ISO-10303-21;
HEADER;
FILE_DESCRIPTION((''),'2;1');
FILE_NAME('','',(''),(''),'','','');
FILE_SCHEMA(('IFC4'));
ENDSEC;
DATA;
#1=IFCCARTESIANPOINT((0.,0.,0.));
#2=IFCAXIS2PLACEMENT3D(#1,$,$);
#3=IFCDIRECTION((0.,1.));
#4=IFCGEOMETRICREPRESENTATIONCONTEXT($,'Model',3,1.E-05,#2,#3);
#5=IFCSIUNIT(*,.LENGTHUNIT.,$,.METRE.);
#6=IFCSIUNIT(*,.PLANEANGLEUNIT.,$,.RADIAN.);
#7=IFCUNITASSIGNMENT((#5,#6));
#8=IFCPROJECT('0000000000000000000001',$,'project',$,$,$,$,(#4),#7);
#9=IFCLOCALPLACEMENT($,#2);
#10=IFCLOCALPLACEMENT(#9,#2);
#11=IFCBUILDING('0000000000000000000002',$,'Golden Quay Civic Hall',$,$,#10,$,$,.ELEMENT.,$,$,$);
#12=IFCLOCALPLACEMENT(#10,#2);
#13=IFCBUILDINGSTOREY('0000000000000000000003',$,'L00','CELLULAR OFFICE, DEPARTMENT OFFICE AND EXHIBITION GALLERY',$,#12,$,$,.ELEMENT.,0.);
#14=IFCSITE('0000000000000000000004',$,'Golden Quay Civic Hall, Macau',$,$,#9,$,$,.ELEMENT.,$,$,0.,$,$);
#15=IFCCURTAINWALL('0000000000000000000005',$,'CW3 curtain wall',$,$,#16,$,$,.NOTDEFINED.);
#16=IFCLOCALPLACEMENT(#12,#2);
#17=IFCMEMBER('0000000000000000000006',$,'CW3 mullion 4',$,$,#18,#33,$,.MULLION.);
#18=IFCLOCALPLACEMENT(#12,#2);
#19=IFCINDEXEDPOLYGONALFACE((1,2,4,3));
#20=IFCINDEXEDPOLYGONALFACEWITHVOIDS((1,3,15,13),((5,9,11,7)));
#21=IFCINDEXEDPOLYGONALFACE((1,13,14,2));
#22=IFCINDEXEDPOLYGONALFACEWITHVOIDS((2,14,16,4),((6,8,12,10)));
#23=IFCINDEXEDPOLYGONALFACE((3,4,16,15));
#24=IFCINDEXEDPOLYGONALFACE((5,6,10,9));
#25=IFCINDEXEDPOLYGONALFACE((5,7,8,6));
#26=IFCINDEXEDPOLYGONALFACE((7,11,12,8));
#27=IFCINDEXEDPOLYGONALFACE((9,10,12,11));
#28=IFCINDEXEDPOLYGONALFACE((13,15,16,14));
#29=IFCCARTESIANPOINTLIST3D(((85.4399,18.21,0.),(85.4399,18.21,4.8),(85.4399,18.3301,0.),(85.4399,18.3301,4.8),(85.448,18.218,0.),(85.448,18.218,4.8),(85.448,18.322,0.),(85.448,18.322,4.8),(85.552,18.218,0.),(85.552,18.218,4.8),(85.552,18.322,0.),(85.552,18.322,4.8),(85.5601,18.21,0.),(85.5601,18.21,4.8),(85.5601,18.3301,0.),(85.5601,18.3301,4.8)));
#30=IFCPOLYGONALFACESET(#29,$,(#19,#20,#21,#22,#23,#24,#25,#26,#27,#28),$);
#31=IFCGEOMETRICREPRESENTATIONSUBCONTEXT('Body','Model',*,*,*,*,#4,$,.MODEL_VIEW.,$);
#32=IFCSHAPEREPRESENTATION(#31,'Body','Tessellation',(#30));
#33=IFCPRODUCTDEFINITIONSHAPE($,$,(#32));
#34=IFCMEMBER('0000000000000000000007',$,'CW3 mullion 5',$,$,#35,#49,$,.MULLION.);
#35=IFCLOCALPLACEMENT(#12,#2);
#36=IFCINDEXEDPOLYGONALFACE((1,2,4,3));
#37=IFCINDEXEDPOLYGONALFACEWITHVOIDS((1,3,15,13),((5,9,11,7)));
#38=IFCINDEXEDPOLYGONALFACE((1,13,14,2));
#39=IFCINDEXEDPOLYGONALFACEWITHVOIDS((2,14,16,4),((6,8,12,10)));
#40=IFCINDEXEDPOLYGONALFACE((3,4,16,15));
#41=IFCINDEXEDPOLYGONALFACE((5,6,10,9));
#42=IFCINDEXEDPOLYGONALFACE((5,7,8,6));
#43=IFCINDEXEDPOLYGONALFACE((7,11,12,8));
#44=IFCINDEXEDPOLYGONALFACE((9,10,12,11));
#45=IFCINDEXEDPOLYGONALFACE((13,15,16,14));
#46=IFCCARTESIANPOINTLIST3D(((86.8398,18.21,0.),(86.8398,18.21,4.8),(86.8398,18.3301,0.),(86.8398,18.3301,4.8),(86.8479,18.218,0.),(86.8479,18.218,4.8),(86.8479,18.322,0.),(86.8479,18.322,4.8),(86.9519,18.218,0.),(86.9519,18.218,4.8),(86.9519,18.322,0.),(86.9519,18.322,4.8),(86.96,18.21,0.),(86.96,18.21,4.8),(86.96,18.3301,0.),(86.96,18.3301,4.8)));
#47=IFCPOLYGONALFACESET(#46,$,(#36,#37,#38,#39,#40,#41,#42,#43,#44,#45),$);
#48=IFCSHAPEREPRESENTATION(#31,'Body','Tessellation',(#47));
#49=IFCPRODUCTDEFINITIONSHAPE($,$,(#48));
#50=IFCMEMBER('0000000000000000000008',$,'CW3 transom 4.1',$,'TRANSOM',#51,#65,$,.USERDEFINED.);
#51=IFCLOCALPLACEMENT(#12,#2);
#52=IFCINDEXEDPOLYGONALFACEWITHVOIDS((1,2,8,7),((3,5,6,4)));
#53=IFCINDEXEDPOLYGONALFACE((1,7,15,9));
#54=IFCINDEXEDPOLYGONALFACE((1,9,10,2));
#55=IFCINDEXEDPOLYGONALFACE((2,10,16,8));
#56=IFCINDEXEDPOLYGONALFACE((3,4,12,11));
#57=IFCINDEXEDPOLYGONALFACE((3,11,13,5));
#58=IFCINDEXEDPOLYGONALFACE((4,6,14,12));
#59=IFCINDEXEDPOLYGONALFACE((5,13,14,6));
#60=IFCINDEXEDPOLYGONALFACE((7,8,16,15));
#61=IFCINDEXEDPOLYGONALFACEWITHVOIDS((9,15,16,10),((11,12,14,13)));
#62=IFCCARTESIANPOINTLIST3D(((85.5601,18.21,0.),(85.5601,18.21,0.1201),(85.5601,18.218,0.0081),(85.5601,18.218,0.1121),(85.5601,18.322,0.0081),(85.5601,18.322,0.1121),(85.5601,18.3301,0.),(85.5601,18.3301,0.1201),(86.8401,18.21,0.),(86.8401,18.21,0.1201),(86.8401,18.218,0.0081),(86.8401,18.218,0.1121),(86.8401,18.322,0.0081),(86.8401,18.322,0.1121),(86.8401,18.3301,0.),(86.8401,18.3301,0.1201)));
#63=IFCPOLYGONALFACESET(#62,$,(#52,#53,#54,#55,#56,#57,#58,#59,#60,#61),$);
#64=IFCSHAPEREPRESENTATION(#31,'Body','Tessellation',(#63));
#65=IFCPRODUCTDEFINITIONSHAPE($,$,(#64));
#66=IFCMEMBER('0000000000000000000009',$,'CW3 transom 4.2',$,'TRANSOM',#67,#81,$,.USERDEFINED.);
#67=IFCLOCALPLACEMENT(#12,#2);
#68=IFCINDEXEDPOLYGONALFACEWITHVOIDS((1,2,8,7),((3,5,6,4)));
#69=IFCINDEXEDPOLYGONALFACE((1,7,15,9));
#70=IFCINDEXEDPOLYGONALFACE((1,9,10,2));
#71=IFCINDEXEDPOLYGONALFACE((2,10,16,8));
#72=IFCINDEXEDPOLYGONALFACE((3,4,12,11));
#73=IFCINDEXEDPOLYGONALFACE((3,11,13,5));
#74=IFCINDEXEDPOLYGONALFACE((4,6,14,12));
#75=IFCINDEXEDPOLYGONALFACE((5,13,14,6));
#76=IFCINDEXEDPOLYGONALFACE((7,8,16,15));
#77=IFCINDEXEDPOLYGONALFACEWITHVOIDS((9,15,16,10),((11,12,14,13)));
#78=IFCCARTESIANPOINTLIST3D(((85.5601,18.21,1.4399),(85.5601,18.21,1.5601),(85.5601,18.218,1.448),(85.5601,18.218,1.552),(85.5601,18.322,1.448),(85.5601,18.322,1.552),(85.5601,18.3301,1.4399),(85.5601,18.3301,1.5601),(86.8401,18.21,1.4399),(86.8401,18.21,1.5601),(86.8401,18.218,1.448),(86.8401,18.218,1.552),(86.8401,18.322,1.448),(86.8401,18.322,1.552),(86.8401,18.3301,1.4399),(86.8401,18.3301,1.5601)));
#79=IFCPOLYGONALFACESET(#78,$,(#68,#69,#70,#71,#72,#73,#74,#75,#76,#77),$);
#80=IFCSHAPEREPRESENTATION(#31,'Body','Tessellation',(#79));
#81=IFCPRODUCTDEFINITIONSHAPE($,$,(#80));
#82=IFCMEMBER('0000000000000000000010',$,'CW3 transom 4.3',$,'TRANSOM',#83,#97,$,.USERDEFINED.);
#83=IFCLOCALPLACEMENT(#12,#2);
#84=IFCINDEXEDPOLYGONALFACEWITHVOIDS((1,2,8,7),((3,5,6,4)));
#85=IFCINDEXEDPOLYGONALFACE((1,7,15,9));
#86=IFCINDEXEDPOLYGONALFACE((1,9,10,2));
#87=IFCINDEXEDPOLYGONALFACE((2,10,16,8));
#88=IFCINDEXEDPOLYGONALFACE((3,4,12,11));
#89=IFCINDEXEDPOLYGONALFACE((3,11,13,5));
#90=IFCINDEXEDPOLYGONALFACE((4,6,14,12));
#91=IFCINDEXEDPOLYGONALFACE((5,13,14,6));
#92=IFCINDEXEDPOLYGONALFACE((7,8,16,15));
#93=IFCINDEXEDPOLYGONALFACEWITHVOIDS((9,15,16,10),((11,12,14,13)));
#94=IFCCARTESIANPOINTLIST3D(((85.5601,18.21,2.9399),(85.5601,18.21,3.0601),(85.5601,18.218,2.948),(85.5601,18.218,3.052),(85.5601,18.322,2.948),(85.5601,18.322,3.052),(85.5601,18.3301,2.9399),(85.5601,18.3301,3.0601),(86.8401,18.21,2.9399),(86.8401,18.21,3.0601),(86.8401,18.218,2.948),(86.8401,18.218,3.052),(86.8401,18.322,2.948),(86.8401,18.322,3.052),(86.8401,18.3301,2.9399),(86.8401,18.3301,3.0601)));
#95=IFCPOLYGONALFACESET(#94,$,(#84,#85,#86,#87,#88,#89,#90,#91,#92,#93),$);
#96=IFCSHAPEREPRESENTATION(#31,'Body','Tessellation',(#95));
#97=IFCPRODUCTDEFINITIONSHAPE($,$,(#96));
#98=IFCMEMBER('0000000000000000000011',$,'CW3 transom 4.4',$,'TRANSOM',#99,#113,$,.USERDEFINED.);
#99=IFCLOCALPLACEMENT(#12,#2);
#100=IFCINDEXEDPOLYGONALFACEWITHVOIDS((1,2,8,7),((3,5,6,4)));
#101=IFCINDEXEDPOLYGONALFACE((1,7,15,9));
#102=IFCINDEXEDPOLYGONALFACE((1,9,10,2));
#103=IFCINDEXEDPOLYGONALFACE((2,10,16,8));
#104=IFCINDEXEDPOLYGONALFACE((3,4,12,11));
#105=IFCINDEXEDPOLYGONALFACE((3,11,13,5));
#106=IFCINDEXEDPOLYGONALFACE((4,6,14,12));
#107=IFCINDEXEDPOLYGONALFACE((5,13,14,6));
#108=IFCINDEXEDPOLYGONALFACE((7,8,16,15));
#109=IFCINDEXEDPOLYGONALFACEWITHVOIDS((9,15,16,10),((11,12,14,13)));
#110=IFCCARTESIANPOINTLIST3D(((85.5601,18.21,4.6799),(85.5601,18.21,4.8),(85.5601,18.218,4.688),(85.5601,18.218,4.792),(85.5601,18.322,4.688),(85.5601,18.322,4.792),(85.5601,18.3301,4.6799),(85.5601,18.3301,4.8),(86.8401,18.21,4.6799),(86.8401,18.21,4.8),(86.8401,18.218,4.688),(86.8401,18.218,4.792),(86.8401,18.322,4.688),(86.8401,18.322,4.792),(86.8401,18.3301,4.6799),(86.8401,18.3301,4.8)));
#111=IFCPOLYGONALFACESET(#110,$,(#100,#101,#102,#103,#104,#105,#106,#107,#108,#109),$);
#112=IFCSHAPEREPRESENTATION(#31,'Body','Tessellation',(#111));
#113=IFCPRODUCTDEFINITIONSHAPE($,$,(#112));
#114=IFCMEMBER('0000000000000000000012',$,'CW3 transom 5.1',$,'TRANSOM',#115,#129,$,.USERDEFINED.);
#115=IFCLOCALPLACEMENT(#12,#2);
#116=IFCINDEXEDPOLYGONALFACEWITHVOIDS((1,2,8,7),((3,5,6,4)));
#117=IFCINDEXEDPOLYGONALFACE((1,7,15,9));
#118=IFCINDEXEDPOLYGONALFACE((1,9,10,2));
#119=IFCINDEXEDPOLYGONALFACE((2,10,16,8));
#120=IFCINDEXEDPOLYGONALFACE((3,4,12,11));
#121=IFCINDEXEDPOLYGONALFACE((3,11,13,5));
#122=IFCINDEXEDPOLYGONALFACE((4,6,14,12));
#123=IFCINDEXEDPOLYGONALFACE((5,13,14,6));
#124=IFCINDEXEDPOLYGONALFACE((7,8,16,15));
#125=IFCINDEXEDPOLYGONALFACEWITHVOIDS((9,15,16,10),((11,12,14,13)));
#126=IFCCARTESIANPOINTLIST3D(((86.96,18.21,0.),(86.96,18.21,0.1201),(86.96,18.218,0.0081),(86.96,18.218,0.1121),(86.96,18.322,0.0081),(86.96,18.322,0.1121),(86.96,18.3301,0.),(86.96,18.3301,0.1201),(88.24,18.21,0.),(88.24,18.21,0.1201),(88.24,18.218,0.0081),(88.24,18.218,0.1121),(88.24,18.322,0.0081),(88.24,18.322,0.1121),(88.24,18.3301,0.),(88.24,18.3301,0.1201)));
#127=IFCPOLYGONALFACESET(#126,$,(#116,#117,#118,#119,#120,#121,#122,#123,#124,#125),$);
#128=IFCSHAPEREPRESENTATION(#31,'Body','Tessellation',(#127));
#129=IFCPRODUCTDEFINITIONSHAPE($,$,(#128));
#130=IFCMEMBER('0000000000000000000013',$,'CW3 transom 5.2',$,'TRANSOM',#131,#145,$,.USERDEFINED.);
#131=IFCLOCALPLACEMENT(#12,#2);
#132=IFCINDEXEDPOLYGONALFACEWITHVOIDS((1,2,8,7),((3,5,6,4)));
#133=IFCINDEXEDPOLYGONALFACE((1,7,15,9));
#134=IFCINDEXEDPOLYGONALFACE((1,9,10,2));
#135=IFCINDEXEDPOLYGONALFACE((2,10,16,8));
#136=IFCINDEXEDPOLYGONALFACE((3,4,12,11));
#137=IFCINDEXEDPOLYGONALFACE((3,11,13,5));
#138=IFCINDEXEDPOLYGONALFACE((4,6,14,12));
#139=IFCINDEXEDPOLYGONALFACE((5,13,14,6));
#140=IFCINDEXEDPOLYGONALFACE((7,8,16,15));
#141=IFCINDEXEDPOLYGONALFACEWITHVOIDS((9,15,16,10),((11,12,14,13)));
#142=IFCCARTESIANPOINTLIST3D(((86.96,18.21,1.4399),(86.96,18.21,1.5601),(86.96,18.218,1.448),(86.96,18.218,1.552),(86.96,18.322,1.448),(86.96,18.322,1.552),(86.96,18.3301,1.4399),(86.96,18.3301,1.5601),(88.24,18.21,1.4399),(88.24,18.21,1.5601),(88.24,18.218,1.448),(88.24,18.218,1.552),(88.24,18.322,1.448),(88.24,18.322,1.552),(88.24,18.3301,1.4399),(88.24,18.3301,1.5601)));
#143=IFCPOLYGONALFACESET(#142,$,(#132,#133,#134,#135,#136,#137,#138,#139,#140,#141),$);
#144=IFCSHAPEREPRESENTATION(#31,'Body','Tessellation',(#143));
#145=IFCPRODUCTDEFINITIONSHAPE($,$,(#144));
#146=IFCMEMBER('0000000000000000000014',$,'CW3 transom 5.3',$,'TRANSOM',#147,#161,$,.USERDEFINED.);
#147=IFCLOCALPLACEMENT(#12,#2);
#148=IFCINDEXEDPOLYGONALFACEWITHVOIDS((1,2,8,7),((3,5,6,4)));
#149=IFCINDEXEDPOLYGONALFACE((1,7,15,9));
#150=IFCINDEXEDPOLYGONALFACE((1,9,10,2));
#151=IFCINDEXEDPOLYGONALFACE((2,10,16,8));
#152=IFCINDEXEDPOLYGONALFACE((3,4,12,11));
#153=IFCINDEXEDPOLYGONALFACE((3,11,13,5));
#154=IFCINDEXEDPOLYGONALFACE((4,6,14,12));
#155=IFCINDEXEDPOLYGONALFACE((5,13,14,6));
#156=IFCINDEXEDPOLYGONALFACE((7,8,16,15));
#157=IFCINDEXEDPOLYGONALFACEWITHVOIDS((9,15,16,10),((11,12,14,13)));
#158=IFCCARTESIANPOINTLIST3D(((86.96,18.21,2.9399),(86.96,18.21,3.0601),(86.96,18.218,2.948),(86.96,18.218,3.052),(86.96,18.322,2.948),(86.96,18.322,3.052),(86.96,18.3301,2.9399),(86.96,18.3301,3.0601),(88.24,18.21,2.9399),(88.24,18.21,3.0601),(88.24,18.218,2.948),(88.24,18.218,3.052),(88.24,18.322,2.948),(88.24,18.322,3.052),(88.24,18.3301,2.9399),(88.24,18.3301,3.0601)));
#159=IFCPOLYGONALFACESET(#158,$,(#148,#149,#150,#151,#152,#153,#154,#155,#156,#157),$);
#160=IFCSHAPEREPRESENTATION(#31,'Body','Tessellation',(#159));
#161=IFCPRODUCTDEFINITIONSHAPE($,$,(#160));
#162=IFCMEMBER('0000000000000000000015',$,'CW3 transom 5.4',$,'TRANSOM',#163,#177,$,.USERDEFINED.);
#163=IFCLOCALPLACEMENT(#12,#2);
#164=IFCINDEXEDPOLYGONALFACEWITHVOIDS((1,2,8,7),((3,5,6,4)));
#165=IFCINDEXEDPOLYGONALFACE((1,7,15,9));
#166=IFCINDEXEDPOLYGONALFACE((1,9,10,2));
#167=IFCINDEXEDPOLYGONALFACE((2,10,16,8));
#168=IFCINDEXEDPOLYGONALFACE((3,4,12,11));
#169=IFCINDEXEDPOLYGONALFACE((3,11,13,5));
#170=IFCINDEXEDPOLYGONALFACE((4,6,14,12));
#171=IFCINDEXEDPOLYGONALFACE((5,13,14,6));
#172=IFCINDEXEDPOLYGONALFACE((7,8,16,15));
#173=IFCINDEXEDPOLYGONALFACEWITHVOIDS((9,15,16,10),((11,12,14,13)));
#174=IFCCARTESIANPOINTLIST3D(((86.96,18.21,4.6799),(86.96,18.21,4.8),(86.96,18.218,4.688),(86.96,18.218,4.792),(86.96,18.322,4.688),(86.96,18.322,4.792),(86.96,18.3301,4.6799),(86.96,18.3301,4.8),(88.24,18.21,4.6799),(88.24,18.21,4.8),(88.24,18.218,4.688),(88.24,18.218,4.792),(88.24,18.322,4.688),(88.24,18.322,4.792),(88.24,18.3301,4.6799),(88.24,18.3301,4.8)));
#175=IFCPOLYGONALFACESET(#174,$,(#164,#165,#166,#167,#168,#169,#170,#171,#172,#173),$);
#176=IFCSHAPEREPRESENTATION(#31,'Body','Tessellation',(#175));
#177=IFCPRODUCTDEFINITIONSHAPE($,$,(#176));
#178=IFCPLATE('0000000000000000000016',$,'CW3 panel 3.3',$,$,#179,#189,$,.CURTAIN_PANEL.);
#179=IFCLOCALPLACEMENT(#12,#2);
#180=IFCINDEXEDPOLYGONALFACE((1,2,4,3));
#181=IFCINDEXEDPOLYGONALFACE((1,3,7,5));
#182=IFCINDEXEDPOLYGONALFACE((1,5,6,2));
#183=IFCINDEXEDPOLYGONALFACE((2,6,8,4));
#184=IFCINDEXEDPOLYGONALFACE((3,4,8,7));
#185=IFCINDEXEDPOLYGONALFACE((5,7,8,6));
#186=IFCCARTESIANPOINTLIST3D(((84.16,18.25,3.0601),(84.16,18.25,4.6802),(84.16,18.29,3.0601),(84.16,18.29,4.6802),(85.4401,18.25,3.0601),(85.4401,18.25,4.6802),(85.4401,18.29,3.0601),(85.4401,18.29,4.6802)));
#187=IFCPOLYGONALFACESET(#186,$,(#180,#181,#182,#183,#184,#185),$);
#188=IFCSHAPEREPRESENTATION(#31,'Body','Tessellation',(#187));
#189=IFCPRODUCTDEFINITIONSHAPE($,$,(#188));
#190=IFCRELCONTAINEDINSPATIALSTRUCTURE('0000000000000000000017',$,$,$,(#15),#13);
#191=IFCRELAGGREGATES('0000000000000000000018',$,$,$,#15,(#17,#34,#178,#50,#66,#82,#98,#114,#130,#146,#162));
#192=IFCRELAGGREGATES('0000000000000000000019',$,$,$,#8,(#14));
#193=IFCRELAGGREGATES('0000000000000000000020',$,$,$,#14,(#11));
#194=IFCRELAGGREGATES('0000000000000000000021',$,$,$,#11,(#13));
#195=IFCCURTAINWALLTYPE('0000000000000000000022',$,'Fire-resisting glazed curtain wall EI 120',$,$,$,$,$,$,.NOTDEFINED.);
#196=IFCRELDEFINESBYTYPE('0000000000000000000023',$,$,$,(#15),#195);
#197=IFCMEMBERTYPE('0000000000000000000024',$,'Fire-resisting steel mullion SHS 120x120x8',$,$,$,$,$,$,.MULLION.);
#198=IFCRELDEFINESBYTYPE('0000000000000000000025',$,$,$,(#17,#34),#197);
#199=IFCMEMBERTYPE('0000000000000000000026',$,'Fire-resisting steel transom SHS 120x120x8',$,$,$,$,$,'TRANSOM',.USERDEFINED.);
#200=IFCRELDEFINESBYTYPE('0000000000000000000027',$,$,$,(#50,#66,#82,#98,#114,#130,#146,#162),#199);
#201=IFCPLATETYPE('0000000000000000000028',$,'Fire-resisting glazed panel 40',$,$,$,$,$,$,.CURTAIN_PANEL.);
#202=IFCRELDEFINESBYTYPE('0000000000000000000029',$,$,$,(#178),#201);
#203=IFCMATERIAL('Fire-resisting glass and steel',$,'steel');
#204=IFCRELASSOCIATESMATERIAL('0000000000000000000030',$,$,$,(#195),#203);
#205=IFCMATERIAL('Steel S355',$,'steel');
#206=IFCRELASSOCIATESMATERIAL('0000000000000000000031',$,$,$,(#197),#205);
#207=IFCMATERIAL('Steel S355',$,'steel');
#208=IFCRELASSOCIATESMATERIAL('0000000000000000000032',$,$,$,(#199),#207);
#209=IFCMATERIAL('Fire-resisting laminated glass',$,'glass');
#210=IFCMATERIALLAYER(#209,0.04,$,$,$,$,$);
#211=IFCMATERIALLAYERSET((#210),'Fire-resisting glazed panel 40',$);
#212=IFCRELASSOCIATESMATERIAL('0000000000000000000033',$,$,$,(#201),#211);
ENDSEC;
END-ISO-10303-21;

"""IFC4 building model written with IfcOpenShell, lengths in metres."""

from ifc_helpers import new_model, si_unit, direction, frame, origin, origin_2d, place, context, subcontext, project, spatial, rectangle, hollow_rectangle, extrude, material, layer, layer_set, material_profile, profile_set, type_object, element, aggregate, save


model = new_model("IFC4")

# Units and contexts
model_context = context("Model", 3, precision=1e-05, world=origin(), true_north=direction((0.0, 1.0)))
body_context = subcontext(model_context, "Body", "Model", "MODEL_VIEW")
ifc_project = project(units=[si_unit("LENGTHUNIT", "METRE"), si_unit("PLANEANGLEUNIT", "RADIAN")], contexts=[model_context])

# Site, building, storey
site_placement = place(None, origin())
site = spatial("IfcSite", under=ifc_project, at=site_placement, Name="Golden Quay Civic Hall, Macau", CompositionType="ELEMENT", RefElevation=0.0)
building_placement = place(site_placement, origin())
building = spatial("IfcBuilding", under=site, at=building_placement, Name="Golden Quay Civic Hall", CompositionType="ELEMENT")
storey_placement = place(building_placement, origin())
storey = spatial("IfcBuildingStorey", under=building, at=storey_placement, Name="L00", Description="CELLULAR OFFICE, DEPARTMENT OFFICE AND EXHIBITION GALLERY", CompositionType="ELEMENT", Elevation=0.0)

# Curtain wall, members, plate
ifc_material_1 = material(Name="Fire-resisting glass and steel", Category="steel")
curtain_wall_type = type_object("IfcCurtainWallType", Name="Fire-resisting glazed curtain wall EI 120", PredefinedType="NOTDEFINED", material=ifc_material_1)
curtain_wall_placement = place(storey_placement, origin())
curtain_wall = element("IfcCurtainWall", 1, at=curtain_wall_placement, inside=storey, type_object=curtain_wall_type, Name="CW3 curtain wall", PredefinedType="NOTDEFINED")
ifc_material_2 = material(Name="Steel S355", Category="steel")
ifc_material_profile_1 = material_profile(ifc_material_2, hollow_rectangle(XDim=0.1201, YDim=0.1201, WallThickness=0.0081, at=origin_2d()), Name="SHS 120x120x8")
ifc_profile_set_1 = profile_set([ifc_material_profile_1], Name="Steel S355")
member_type_1 = type_object("IfcMemberType", Name="Fire-resisting steel mullion SHS 120x120x8", PredefinedType="MULLION", material=ifc_profile_set_1)
member_1_placement = place(storey_placement, frame((85.5, 18.27, 0.0), z_axis=(0.0, 0.0, 1.0), x_axis=(0.0, 1.0, 0.0)))
member_1 = element("IfcMember", 2, at=member_1_placement, type_object=member_type_1, Name="CW3 mullion 4", PredefinedType="MULLION", context=body_context, shape_type="SweptSolid", body=[
    extrude(hollow_rectangle(XDim=0.1201, YDim=0.1201, WallThickness=0.0081, at=origin_2d()), origin(), (0.0, 0.0, 1.0), 4.8),
])
member_2_placement = place(storey_placement, frame((86.8999, 18.27, 0.0), z_axis=(0.0, 0.0, 1.0), x_axis=(0.0, 1.0, 0.0)))
member_2 = element("IfcMember", 3, at=member_2_placement, type_object=member_type_1, Name="CW3 mullion 5", PredefinedType="MULLION", context=body_context, shape_type="SweptSolid", body=[
    extrude(hollow_rectangle(XDim=0.1201, YDim=0.1201, WallThickness=0.0081, at=origin_2d()), origin(), (0.0, 0.0, 1.0), 4.8),
])
ifc_material_3 = material(Name="Steel S355", Category="steel")
ifc_material_profile_2 = material_profile(ifc_material_3, hollow_rectangle(XDim=0.1201, YDim=0.1201, WallThickness=0.0081, at=origin_2d()), Name="SHS 120x120x8")
ifc_profile_set_2 = profile_set([ifc_material_profile_2], Name="Steel S355")
member_type_2 = type_object("IfcMemberType", Name="Fire-resisting steel transom SHS 120x120x8", ElementType="TRANSOM", PredefinedType="USERDEFINED", material=ifc_profile_set_2)
member_3_placement = place(storey_placement, frame((85.5601, 18.27, 0.0601), z_axis=(1.0, 0.0, 0.0), x_axis=(0.0, 1.0, 0.0)))
member_3 = element("IfcMember", 4, at=member_3_placement, type_object=member_type_2, Name="CW3 transom 4.1", ObjectType="TRANSOM", PredefinedType="USERDEFINED", context=body_context, shape_type="SweptSolid", body=[
    extrude(hollow_rectangle(XDim=0.1201, YDim=0.1201, WallThickness=0.0081, at=origin_2d()), origin(), (0.0, 0.0, 1.0), 1.28),
])
member_4_placement = place(storey_placement, frame((85.5601, 18.27, 1.5), z_axis=(1.0, 0.0, 0.0), x_axis=(0.0, 1.0, 0.0)))
member_4 = element("IfcMember", 5, at=member_4_placement, type_object=member_type_2, Name="CW3 transom 4.2", ObjectType="TRANSOM", PredefinedType="USERDEFINED", context=body_context, shape_type="SweptSolid", body=[
    extrude(hollow_rectangle(XDim=0.1201, YDim=0.1201, WallThickness=0.0081, at=origin_2d()), origin(), (0.0, 0.0, 1.0), 1.28),
])
member_5_placement = place(storey_placement, frame((85.5601, 18.27, 3.0), z_axis=(1.0, 0.0, 0.0), x_axis=(0.0, 1.0, 0.0)))
member_5 = element("IfcMember", 6, at=member_5_placement, type_object=member_type_2, Name="CW3 transom 4.3", ObjectType="TRANSOM", PredefinedType="USERDEFINED", context=body_context, shape_type="SweptSolid", body=[
    extrude(hollow_rectangle(XDim=0.1201, YDim=0.1201, WallThickness=0.0081, at=origin_2d()), origin(), (0.0, 0.0, 1.0), 1.28),
])
member_6_placement = place(storey_placement, frame((85.5601, 18.27, 4.74), z_axis=(1.0, 0.0, 0.0), x_axis=(0.0, 1.0, 0.0)))
member_6 = element("IfcMember", 7, at=member_6_placement, type_object=member_type_2, Name="CW3 transom 4.4", ObjectType="TRANSOM", PredefinedType="USERDEFINED", context=body_context, shape_type="SweptSolid", body=[
    extrude(hollow_rectangle(XDim=0.1201, YDim=0.1201, WallThickness=0.0081, at=origin_2d()), origin(), (0.0, 0.0, 1.0), 1.28),
])
member_7_placement = place(storey_placement, frame((86.96, 18.27, 0.0601), z_axis=(1.0, 0.0, 0.0), x_axis=(0.0, 1.0, 0.0)))
member_7 = element("IfcMember", 8, at=member_7_placement, type_object=member_type_2, Name="CW3 transom 5.1", ObjectType="TRANSOM", PredefinedType="USERDEFINED", context=body_context, shape_type="SweptSolid", body=[
    extrude(hollow_rectangle(XDim=0.1201, YDim=0.1201, WallThickness=0.0081, at=origin_2d()), origin(), (0.0, 0.0, 1.0), 1.28),
])
member_8_placement = place(storey_placement, frame((86.96, 18.27, 1.5), z_axis=(1.0, 0.0, 0.0), x_axis=(0.0, 1.0, 0.0)))
member_8 = element("IfcMember", 9, at=member_8_placement, type_object=member_type_2, Name="CW3 transom 5.2", ObjectType="TRANSOM", PredefinedType="USERDEFINED", context=body_context, shape_type="SweptSolid", body=[
    extrude(hollow_rectangle(XDim=0.1201, YDim=0.1201, WallThickness=0.0081, at=origin_2d()), origin(), (0.0, 0.0, 1.0), 1.28),
])
member_9_placement = place(storey_placement, frame((86.96, 18.27, 3.0), z_axis=(1.0, 0.0, 0.0), x_axis=(0.0, 1.0, 0.0)))
member_9 = element("IfcMember", 10, at=member_9_placement, type_object=member_type_2, Name="CW3 transom 5.3", ObjectType="TRANSOM", PredefinedType="USERDEFINED", context=body_context, shape_type="SweptSolid", body=[
    extrude(hollow_rectangle(XDim=0.1201, YDim=0.1201, WallThickness=0.0081, at=origin_2d()), origin(), (0.0, 0.0, 1.0), 1.28),
])
member_10_placement = place(storey_placement, frame((86.96, 18.27, 4.74), z_axis=(1.0, 0.0, 0.0), x_axis=(0.0, 1.0, 0.0)))
member_10 = element("IfcMember", 11, at=member_10_placement, type_object=member_type_2, Name="CW3 transom 5.4", ObjectType="TRANSOM", PredefinedType="USERDEFINED", context=body_context, shape_type="SweptSolid", body=[
    extrude(hollow_rectangle(XDim=0.1201, YDim=0.1201, WallThickness=0.0081, at=origin_2d()), origin(), (0.0, 0.0, 1.0), 1.28),
])
ifc_material_4 = material(Name="Fire-resisting laminated glass", Category="glass")
ifc_layer = layer(ifc_material_4, 0.04)
ifc_layer_set = layer_set([ifc_layer], Name="Fire-resisting glazed panel 40")
plate_type = type_object("IfcPlateType", Name="Fire-resisting glazed panel 40", PredefinedType="CURTAIN_PANEL", material=ifc_layer_set)
plate_1_placement = place(storey_placement, frame((84.8, 18.27, 3.0601), z_axis=(0.0, 0.0, 1.0), x_axis=(1.0, 0.0, 0.0)))
plate_1 = element("IfcPlate", 12, at=plate_1_placement, type_object=plate_type, Name="CW3 panel 3.3", PredefinedType="CURTAIN_PANEL", context=body_context, shape_type="SweptSolid", body=[
    extrude(rectangle(XDim=1.28, YDim=0.04, at=origin_2d()), origin(), (0.0, 0.0, 1.0), 1.6201),
])
aggregate(curtain_wall, [member_1, member_2, plate_1, member_3, member_4, member_5, member_6, member_7, member_8, member_9, member_10])

save(model, "model.ifc")
